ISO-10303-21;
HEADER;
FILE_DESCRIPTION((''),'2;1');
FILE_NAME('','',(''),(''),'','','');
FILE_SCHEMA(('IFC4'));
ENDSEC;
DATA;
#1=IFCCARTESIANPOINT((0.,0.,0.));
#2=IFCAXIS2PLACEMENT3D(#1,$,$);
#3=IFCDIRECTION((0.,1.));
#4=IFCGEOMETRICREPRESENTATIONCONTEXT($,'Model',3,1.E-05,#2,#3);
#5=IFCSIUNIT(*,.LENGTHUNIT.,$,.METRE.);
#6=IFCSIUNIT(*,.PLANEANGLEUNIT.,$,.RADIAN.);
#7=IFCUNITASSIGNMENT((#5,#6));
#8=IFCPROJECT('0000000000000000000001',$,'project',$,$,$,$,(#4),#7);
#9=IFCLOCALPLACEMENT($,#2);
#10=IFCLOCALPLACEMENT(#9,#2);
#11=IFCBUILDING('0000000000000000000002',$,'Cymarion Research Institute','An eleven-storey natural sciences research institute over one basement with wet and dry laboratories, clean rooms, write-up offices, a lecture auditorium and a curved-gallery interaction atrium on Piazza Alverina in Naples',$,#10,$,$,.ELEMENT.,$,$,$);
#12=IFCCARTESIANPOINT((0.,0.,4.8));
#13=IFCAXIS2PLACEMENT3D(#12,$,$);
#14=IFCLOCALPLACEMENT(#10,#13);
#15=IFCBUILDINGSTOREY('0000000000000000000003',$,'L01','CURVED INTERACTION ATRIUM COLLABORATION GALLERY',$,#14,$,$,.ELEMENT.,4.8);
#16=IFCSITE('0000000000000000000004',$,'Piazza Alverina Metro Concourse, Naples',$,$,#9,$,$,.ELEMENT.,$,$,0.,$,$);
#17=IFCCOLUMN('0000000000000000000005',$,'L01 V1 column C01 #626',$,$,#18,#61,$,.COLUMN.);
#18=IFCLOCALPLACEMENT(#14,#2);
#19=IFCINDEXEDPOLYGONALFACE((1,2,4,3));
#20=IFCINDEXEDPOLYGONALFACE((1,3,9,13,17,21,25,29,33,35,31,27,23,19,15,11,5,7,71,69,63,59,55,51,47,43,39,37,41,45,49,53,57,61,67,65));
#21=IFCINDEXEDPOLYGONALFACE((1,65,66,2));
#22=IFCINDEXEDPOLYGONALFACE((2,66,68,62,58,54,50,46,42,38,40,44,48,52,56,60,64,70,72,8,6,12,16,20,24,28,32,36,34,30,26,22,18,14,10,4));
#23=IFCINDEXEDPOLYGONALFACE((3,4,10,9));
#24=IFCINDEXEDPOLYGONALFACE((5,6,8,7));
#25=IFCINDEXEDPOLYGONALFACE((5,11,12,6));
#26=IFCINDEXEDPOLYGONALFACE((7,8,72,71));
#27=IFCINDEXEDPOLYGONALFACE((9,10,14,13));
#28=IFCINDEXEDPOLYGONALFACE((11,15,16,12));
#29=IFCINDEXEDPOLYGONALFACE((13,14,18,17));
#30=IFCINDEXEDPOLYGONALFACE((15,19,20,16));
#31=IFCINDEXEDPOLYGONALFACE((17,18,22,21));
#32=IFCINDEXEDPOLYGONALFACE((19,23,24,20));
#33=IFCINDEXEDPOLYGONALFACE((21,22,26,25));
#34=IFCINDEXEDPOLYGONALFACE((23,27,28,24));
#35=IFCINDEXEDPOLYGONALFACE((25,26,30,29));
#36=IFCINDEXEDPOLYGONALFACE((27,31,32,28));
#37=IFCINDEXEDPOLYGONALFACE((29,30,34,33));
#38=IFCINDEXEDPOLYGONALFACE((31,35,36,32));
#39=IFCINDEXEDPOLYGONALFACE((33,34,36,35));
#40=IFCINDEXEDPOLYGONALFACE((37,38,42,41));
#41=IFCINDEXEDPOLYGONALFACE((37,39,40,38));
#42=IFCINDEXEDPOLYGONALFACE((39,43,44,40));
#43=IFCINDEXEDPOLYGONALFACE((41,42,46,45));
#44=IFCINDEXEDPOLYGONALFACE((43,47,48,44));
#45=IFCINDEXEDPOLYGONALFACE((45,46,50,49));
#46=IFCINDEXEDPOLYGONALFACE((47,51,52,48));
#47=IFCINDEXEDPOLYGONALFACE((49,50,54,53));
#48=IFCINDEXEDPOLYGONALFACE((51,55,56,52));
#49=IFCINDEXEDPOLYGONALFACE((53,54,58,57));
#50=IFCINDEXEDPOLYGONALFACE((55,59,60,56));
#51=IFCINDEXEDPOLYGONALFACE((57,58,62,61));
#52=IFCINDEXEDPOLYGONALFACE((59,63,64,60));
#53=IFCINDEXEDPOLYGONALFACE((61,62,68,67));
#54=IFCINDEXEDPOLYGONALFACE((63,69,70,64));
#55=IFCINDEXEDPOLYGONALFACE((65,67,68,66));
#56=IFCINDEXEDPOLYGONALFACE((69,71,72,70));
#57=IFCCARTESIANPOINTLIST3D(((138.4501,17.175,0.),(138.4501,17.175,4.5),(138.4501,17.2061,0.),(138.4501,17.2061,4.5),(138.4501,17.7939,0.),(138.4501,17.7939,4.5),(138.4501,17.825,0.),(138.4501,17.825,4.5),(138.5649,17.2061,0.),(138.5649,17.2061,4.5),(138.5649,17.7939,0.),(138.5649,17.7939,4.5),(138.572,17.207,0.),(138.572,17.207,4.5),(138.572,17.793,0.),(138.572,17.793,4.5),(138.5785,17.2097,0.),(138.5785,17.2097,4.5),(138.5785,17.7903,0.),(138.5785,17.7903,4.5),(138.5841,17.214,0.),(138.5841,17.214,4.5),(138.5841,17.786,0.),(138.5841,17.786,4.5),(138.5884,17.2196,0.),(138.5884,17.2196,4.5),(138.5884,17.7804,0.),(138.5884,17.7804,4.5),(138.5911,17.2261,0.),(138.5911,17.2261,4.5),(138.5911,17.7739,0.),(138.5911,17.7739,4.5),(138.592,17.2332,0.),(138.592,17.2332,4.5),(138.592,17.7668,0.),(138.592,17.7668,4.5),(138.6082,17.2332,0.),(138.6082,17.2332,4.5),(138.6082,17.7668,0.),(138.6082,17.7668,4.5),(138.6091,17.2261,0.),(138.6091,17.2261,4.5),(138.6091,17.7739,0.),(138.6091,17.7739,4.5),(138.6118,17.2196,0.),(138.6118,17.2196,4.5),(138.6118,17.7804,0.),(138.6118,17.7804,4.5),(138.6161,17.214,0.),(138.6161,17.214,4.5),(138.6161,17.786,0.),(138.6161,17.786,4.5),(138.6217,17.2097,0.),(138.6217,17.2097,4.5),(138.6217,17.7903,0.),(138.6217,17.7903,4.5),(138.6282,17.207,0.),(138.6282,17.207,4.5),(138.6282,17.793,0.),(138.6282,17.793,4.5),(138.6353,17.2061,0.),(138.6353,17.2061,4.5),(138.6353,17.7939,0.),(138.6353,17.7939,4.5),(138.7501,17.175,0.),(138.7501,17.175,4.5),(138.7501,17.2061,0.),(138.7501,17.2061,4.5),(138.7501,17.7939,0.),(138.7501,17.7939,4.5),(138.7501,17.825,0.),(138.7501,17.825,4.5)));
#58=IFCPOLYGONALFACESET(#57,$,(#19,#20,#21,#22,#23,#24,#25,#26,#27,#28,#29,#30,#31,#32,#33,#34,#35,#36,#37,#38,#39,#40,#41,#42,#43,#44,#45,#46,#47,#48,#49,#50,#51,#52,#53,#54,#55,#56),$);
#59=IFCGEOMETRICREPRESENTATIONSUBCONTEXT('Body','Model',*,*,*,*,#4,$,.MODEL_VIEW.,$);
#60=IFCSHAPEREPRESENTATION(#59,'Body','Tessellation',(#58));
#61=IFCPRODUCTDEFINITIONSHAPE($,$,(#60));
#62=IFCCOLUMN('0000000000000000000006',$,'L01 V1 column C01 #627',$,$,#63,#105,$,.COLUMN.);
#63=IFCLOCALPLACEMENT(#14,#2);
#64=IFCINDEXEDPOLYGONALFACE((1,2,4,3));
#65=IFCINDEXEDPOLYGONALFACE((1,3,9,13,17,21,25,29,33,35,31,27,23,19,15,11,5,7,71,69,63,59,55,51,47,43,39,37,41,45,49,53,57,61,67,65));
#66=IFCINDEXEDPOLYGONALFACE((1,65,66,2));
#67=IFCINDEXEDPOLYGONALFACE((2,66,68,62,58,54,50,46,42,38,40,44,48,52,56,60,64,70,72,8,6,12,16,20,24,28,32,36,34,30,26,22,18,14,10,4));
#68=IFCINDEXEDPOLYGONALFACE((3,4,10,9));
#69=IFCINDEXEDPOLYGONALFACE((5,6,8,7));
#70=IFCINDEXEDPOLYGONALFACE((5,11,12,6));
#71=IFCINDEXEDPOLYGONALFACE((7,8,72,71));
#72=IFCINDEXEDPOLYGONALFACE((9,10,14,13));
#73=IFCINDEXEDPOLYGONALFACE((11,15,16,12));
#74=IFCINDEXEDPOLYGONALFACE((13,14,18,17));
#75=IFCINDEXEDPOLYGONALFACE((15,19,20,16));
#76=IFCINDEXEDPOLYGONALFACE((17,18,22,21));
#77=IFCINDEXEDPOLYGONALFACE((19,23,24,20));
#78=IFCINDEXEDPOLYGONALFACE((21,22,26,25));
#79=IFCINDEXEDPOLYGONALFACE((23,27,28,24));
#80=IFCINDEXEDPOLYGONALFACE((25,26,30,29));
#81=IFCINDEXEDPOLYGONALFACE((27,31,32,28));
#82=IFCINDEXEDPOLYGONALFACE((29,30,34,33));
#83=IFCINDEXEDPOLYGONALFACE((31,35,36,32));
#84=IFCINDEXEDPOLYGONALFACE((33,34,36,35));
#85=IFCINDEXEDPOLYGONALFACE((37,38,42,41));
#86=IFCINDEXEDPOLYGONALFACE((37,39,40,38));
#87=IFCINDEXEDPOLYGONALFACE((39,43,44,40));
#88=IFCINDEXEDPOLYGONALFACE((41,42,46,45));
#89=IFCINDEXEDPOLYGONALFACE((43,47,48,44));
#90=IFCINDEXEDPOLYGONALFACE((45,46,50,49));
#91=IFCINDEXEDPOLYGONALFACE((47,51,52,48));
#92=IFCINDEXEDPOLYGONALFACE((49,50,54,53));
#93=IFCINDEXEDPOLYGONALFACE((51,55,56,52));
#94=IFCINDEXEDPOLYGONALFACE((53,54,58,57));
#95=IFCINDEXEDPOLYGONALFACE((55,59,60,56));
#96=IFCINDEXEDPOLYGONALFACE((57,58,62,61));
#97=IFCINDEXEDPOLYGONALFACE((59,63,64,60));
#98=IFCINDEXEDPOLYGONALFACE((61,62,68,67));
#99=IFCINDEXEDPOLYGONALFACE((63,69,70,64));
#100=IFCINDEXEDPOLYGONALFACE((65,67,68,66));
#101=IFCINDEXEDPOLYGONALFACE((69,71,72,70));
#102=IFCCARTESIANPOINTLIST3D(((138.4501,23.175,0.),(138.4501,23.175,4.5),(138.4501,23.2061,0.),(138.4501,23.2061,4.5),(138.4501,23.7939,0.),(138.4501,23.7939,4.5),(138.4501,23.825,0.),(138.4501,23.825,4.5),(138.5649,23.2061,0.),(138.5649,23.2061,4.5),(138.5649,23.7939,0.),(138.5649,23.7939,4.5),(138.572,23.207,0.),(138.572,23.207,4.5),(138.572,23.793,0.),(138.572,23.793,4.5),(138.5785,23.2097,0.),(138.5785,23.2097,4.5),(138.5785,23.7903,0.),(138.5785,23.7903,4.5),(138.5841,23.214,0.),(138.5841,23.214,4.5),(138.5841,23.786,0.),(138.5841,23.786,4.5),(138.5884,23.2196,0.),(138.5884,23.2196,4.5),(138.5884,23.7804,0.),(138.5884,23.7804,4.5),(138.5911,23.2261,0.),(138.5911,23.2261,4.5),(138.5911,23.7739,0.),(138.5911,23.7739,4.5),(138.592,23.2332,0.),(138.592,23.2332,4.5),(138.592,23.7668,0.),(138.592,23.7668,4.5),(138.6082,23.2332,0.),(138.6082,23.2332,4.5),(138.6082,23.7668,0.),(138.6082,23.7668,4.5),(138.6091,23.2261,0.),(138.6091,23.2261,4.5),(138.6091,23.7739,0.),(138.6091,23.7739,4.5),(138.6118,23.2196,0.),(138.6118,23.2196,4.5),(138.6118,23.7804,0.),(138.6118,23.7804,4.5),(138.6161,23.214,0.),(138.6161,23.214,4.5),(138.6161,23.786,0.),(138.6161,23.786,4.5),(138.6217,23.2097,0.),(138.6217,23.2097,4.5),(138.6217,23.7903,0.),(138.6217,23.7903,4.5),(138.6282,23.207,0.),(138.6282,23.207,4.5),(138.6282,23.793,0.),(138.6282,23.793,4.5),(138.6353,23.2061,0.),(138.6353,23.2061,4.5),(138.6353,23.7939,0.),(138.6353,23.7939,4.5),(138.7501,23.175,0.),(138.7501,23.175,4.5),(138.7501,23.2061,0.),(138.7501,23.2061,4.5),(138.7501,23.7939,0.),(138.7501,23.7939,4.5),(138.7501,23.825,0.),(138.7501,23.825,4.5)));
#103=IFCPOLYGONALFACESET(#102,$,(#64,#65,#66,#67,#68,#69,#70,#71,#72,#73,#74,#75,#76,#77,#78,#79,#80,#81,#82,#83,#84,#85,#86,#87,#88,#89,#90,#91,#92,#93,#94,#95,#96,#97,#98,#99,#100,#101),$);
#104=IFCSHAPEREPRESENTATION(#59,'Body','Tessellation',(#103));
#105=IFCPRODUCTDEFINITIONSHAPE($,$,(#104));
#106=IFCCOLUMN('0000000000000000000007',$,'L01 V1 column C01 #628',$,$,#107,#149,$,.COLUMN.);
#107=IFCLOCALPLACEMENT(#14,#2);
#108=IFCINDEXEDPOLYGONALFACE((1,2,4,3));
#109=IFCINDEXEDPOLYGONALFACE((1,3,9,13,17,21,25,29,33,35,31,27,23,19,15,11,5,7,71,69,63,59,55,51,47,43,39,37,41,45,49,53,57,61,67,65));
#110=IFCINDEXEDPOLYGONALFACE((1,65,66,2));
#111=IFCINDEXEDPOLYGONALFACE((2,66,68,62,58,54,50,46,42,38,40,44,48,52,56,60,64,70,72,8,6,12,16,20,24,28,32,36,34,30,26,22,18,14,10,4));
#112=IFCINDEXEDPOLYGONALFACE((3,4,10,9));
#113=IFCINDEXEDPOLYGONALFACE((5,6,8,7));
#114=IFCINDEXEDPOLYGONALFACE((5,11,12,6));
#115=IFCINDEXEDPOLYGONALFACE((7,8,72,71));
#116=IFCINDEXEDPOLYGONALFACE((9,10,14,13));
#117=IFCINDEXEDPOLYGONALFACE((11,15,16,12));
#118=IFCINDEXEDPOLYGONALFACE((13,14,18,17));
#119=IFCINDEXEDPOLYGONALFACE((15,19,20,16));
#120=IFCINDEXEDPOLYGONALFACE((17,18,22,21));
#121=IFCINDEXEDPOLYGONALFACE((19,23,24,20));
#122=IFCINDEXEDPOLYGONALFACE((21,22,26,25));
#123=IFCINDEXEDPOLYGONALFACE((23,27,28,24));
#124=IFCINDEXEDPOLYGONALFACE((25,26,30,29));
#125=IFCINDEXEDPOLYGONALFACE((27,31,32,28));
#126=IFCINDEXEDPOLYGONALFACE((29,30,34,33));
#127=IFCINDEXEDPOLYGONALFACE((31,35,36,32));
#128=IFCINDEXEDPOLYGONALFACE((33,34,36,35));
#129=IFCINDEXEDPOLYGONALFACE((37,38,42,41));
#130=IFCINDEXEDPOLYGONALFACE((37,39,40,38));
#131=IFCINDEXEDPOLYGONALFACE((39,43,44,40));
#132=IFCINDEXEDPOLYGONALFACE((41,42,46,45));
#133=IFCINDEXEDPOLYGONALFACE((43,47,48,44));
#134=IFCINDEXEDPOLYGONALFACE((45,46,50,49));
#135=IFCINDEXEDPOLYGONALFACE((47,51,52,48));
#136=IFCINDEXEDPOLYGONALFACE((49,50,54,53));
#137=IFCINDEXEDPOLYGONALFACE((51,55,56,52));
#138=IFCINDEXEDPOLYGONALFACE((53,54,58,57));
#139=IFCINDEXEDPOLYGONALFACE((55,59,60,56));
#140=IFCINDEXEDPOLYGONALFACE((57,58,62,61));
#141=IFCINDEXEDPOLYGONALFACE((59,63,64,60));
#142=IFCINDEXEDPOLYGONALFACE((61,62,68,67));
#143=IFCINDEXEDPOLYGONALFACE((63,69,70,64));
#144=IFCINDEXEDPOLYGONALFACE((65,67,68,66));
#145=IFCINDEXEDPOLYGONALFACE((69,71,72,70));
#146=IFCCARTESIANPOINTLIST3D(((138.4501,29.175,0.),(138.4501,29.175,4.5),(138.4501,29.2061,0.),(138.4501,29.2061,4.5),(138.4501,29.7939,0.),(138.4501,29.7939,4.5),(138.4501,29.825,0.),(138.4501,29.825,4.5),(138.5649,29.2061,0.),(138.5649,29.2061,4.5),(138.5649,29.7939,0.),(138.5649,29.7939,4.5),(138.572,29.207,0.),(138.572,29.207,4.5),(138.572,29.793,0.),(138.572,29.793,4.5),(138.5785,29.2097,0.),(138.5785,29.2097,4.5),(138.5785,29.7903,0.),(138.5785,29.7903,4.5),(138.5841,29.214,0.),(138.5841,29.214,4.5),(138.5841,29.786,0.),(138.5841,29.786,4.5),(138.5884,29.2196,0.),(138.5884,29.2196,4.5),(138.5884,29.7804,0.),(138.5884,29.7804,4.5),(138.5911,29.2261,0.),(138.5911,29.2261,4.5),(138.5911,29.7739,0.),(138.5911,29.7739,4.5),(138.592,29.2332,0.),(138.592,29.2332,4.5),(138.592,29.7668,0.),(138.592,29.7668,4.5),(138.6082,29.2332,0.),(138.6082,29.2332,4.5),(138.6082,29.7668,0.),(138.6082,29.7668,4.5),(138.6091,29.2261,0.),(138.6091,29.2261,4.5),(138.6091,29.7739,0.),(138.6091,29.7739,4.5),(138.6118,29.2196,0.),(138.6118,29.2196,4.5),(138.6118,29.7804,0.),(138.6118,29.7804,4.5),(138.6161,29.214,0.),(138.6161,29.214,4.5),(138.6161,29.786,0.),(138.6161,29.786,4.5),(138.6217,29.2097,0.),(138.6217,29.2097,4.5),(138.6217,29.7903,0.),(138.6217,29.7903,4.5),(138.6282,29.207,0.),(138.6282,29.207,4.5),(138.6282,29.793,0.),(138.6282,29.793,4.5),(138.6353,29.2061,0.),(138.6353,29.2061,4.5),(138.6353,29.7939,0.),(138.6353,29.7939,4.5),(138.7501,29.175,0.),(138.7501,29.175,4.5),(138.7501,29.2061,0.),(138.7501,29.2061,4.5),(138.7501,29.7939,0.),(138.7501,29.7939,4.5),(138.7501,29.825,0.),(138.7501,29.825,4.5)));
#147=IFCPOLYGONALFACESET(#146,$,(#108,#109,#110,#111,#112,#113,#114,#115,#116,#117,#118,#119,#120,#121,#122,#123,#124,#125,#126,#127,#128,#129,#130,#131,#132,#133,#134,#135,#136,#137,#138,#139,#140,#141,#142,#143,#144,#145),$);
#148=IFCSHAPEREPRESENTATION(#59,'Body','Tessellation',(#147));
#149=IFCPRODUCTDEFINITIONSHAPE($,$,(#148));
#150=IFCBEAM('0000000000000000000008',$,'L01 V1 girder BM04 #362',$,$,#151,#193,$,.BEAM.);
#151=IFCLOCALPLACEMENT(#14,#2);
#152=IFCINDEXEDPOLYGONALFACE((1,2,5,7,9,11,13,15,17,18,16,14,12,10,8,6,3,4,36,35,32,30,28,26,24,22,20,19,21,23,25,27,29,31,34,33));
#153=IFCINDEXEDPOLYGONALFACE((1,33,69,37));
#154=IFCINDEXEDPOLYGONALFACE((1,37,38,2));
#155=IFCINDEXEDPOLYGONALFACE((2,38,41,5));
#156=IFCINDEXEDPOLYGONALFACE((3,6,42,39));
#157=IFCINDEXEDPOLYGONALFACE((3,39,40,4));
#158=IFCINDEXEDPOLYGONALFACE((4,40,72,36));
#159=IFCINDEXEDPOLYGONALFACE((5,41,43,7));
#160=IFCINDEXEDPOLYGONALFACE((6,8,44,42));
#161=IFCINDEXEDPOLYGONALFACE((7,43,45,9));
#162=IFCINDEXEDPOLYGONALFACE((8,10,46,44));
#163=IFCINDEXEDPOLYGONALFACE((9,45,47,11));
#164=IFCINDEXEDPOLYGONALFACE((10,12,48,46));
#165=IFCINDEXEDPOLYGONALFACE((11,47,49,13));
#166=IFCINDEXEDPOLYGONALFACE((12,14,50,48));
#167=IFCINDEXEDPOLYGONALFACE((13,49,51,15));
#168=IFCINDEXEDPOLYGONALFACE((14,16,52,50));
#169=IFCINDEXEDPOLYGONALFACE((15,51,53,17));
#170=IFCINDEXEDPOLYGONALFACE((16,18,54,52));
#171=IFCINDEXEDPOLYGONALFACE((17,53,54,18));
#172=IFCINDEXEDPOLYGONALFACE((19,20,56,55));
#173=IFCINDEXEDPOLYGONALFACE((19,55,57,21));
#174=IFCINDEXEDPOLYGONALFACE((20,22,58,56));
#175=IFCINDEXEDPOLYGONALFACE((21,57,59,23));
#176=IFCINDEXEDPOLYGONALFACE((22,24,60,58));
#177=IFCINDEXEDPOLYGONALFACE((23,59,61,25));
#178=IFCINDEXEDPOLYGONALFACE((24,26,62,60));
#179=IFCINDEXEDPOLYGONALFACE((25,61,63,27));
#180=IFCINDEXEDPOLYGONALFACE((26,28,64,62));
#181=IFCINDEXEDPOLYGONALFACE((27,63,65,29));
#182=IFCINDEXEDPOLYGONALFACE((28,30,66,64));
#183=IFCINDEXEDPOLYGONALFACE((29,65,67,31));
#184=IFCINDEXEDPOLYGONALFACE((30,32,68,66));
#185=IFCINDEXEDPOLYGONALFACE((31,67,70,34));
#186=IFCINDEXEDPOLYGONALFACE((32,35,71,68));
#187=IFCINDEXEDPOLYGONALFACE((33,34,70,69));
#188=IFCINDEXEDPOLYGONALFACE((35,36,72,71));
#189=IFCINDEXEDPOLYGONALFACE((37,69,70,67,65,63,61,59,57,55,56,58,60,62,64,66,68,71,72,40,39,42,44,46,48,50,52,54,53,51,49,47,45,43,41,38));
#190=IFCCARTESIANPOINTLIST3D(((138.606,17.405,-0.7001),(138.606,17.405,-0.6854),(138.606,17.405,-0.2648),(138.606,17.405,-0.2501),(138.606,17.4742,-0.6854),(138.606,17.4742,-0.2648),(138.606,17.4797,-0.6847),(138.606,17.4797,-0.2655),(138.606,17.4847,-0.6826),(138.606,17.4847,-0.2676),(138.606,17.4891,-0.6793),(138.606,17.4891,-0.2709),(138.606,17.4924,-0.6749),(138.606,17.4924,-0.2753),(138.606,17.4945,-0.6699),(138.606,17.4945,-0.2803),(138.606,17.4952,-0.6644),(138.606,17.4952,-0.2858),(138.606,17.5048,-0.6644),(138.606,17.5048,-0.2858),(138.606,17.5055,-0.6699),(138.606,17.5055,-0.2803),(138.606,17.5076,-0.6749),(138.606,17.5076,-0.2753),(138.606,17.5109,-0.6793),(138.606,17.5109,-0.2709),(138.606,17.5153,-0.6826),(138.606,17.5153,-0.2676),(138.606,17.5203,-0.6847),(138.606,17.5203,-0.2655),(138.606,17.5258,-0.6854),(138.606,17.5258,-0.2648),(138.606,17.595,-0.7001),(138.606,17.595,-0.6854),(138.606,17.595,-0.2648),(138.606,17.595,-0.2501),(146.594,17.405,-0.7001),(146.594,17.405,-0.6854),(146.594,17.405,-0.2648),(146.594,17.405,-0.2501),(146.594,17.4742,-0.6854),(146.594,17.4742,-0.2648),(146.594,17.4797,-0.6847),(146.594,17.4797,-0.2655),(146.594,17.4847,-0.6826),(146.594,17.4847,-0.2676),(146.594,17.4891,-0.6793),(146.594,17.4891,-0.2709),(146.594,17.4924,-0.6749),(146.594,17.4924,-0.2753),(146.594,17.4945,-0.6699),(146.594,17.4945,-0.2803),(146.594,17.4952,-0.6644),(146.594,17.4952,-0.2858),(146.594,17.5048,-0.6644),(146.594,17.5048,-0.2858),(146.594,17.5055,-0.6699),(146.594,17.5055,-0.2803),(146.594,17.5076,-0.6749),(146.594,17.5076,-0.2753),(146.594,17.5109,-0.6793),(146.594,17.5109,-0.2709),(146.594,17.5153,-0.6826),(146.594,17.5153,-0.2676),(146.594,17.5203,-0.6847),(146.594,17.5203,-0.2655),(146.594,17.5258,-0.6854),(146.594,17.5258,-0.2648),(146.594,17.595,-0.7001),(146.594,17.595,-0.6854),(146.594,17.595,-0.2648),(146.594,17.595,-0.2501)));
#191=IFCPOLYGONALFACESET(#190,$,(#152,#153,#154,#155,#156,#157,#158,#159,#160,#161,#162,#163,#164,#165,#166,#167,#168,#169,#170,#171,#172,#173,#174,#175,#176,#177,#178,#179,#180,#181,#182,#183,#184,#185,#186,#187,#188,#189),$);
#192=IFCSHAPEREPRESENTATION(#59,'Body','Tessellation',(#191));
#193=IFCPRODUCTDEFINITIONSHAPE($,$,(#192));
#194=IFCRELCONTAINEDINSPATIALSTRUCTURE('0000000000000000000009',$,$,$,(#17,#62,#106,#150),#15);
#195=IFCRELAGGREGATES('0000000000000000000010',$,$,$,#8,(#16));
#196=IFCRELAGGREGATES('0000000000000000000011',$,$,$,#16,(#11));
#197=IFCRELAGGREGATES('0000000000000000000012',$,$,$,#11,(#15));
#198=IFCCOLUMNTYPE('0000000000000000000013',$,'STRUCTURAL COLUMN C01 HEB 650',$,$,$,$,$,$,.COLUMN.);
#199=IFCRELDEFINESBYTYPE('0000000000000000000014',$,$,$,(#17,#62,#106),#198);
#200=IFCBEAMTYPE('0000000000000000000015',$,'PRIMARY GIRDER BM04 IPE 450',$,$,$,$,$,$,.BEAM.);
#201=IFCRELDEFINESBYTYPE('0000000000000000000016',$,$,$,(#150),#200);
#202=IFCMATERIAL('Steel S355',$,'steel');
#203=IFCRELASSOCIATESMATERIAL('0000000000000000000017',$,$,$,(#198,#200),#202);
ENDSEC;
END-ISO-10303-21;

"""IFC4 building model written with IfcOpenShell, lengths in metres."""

from ifc_helpers import new_model, si_unit, direction, frame, origin, origin_2d, place, context, subcontext, project, spatial, i_section, extrude, material, material_profile, profile_set, type_object, element, save


model = new_model("IFC4")

# Units and contexts
model_context = context("Model", 3, precision=1e-05, world=origin(), true_north=direction((0.0, 1.0)))
body_context = subcontext(model_context, "Body", "Model", "MODEL_VIEW")
ifc_project = project(units=[si_unit("LENGTHUNIT", "METRE"), si_unit("PLANEANGLEUNIT", "RADIAN")], contexts=[model_context])

# Site, building, storey
site_placement = place(None, origin())
site = spatial("IfcSite", under=ifc_project, at=site_placement, Name="Piazza Alverina Metro Concourse, Naples", CompositionType="ELEMENT", RefElevation=0.0)
building_placement = place(site_placement, origin())
building = spatial("IfcBuilding", under=site, at=building_placement, Name="Cymarion Research Institute", Description="An eleven-storey natural sciences research institute over one basement with wet and dry laboratories, clean rooms, write-up offices, a lecture auditorium and a curved-gallery interaction atrium on Piazza Alverina in Naples", CompositionType="ELEMENT")
storey_placement = place(building_placement, frame((0.0, 0.0, 4.8)))
storey = spatial("IfcBuildingStorey", under=building, at=storey_placement, Name="L01", Description="CURVED INTERACTION ATRIUM COLLABORATION GALLERY", CompositionType="ELEMENT", Elevation=4.8)

# Columns
ifc_material_1 = material(Name="Steel S355", Category="steel")
ifc_material_profile_1 = material_profile(ifc_material_1, i_section(OverallWidth=0.3, OverallDepth=0.6499, WebThickness=0.0161, FlangeThickness=0.031, FilletRadius=0.0271, at=origin_2d()), Name="HEB 650")
ifc_profile_set_1 = profile_set([ifc_material_profile_1], Name="Steel S355")
column_type = type_object("IfcColumnType", Name="STRUCTURAL COLUMN C01 HEB 650", PredefinedType="COLUMN", material=ifc_profile_set_1)
for number, where, z_axis, x_axis, name in (
    (1, (138.6001, 17.5, 0.0), (0.0, 0.0, 1.0), (1.0, 0.0, 0.0), "L01 V1 column C01 #626"),
    (2, (138.6001, 23.5, 0.0), (0.0, 0.0, 1.0), (1.0, 0.0, 0.0), "L01 V1 column C01 #627"),
    (3, (138.6001, 29.5, 0.0), (0.0, 0.0, 1.0), (1.0, 0.0, 0.0), "L01 V1 column C01 #628"),
):
    element("IfcColumn", number, at=place(storey_placement, frame(where, z_axis=z_axis, x_axis=x_axis)), inside=storey, type_object=column_type, Name=name, PredefinedType="COLUMN", context=body_context, shape_type="SweptSolid", body=[
        extrude(i_section(OverallWidth=0.3, OverallDepth=0.6499, WebThickness=0.0161, FlangeThickness=0.031, FilletRadius=0.0271, at=origin_2d()), origin(), (0.0, 0.0, 1.0), 4.5),
    ])

# Beam
ifc_material_profile_2 = material_profile(ifc_material_1, i_section(OverallWidth=0.1899, OverallDepth=0.45, WebThickness=0.0095, FlangeThickness=0.0146, FilletRadius=0.021, at=origin_2d()), Name="IPE 450")
ifc_profile_set_2 = profile_set([ifc_material_profile_2], Name="Steel S355")
beam_type_1 = type_object("IfcBeamType", Name="PRIMARY GIRDER BM04 IPE 450", PredefinedType="BEAM", material=ifc_profile_set_2)
for number, where, z_axis, x_axis, name in (
    (4, (138.606, 17.5, -0.4751), (1.0, 0.0, 0.0), (0.0, 1.0, 0.0), "L01 V1 girder BM04 #362"),
):
    element("IfcBeam", number, at=place(storey_placement, frame(where, z_axis=z_axis, x_axis=x_axis)), inside=storey, type_object=beam_type_1, Name=name, PredefinedType="BEAM", context=body_context, shape_type="SweptSolid", body=[
        extrude(i_section(OverallWidth=0.1899, OverallDepth=0.45, WebThickness=0.0095, FlangeThickness=0.0146, FilletRadius=0.021, at=origin_2d()), origin(), (0.0, 0.0, 1.0), 7.988),
    ])

save(model, "model.ifc")
